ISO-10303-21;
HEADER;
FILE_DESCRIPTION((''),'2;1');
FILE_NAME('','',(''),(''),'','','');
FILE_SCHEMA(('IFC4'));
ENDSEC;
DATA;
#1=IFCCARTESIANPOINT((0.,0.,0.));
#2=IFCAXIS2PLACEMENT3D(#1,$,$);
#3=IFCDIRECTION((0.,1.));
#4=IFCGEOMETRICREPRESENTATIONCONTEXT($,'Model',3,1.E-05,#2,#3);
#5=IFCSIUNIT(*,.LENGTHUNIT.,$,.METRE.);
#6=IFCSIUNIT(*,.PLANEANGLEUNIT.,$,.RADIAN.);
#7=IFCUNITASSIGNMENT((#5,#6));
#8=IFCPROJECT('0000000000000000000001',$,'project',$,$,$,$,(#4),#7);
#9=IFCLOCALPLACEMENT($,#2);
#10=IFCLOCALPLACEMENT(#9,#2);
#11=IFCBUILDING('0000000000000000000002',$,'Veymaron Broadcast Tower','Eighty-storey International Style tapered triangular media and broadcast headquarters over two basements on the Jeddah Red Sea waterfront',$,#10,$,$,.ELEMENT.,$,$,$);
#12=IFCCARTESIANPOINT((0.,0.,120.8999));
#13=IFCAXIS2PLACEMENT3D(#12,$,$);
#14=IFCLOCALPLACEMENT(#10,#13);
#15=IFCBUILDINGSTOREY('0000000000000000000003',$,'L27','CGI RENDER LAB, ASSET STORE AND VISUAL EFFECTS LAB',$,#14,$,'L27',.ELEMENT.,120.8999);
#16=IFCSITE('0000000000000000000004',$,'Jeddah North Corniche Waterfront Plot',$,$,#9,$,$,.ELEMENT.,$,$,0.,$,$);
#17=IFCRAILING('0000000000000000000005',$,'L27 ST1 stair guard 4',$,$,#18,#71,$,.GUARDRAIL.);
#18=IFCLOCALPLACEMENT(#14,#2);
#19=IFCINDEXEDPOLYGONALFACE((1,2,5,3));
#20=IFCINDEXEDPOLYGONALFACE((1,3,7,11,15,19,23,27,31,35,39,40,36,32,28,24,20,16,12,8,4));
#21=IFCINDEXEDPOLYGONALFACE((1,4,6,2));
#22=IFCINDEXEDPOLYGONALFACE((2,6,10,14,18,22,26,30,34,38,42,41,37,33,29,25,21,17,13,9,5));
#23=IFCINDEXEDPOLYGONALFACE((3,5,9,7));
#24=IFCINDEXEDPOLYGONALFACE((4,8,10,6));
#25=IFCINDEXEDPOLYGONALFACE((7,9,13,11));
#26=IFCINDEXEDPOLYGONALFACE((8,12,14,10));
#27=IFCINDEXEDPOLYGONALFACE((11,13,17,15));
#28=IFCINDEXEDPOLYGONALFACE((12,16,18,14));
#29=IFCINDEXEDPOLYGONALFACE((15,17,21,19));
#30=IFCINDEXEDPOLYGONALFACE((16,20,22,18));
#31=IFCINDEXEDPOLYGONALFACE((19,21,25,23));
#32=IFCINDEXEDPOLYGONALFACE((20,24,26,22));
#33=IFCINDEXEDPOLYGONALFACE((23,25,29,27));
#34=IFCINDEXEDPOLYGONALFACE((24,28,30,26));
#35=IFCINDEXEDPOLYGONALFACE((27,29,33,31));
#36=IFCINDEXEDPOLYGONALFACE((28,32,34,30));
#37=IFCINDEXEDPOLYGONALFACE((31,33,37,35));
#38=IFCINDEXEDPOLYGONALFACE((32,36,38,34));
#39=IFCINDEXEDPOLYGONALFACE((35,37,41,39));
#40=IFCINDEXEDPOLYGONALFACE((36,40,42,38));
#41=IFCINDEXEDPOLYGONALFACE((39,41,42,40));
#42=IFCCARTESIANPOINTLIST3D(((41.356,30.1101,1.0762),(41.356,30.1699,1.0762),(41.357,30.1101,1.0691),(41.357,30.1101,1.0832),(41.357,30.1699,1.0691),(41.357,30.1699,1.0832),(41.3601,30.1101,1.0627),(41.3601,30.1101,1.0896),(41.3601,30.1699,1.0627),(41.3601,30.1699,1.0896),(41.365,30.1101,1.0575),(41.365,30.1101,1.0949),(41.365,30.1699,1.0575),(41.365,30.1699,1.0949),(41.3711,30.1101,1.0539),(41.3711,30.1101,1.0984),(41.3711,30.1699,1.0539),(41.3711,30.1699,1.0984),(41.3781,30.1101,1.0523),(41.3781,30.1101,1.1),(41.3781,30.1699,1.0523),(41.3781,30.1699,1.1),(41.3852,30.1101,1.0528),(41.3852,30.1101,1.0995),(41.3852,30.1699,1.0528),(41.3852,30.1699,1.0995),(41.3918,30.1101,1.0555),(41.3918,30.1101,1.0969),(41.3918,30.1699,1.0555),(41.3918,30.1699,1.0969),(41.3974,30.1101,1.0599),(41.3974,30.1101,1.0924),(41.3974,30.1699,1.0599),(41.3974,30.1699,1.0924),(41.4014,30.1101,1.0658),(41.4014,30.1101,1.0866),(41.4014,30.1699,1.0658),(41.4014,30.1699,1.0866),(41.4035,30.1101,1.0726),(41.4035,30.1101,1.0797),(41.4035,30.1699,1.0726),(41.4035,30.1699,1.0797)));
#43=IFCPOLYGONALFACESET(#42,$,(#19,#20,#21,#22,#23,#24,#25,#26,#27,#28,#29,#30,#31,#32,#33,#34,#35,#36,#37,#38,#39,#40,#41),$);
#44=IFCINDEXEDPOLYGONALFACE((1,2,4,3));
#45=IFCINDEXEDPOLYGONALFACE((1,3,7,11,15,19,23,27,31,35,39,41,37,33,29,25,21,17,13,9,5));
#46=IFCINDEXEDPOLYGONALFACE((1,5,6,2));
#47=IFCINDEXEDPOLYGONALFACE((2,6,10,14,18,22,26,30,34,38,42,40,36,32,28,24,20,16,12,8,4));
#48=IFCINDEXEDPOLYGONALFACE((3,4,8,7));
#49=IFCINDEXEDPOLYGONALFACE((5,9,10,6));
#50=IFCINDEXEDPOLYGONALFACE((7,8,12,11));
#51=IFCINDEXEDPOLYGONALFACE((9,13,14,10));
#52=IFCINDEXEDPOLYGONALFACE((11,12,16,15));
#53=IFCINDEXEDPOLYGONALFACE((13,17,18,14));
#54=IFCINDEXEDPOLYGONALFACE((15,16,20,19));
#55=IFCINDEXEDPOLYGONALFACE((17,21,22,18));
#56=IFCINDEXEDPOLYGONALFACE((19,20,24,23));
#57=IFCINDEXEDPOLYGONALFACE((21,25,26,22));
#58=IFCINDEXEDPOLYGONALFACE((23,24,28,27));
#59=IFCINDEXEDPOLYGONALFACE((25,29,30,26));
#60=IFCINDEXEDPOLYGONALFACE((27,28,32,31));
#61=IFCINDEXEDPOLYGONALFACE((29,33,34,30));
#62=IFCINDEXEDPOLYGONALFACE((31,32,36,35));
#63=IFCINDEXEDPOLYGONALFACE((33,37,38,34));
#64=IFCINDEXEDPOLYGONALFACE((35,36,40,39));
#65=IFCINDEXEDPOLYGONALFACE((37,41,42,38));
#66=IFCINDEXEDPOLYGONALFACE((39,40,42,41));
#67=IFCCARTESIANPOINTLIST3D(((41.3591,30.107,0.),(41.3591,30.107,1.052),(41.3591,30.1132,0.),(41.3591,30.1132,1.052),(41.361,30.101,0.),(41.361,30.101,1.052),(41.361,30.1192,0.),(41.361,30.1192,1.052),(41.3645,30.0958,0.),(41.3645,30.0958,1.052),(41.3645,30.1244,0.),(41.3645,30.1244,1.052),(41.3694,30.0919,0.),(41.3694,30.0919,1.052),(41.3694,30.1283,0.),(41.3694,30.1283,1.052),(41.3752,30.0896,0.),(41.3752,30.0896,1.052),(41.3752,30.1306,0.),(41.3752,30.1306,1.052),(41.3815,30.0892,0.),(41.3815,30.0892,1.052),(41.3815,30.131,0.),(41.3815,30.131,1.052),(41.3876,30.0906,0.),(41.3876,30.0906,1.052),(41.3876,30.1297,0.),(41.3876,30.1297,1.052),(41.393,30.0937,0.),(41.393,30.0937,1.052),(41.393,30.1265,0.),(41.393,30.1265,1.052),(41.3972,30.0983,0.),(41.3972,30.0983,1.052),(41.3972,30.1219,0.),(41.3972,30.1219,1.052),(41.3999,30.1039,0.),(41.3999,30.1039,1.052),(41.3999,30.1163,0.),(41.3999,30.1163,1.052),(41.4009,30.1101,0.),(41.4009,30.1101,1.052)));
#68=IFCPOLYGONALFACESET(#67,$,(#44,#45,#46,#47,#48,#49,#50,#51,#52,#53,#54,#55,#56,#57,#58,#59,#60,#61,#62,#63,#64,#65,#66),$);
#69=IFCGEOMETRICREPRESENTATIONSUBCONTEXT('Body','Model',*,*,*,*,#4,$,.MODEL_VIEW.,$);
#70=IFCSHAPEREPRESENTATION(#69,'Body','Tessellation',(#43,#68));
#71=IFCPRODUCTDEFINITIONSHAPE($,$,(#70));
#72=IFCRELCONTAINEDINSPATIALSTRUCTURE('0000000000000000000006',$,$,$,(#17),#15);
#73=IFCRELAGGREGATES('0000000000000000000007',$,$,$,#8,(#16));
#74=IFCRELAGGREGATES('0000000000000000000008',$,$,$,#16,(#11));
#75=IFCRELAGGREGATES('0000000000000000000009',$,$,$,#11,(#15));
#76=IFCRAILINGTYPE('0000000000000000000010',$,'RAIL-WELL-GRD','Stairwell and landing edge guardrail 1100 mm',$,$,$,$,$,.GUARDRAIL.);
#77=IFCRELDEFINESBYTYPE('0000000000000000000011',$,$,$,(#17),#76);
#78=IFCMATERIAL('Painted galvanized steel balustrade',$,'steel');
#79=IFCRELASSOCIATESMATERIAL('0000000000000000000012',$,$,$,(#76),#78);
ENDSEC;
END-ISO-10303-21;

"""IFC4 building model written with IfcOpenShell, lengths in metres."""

from ifc_helpers import new_model, si_unit, direction, frame, origin, origin_2d, place, context, subcontext, project, spatial, circle, extrude, material, type_object, element, save


model = new_model("IFC4")

# Units and contexts
model_context = context("Model", 3, precision=1e-05, world=origin(), true_north=direction((0.0, 1.0)))
body_context = subcontext(model_context, "Body", "Model", "MODEL_VIEW")
ifc_project = project(units=[si_unit("LENGTHUNIT", "METRE"), si_unit("PLANEANGLEUNIT", "RADIAN")], contexts=[model_context])

# Site, building, storey
site_placement = place(None, origin())
site = spatial("IfcSite", under=ifc_project, at=site_placement, Name="Jeddah North Corniche Waterfront Plot", CompositionType="ELEMENT", RefElevation=0.0)
building_placement = place(site_placement, origin())
building = spatial("IfcBuilding", under=site, at=building_placement, Name="Veymaron Broadcast Tower", Description="Eighty-storey International Style tapered triangular media and broadcast headquarters over two basements on the Jeddah Red Sea waterfront", CompositionType="ELEMENT")
storey_placement = place(building_placement, frame((0.0, 0.0, 120.8999)))
storey = spatial("IfcBuildingStorey", under=building, at=storey_placement, Name="L27", Description="CGI RENDER LAB, ASSET STORE AND VISUAL EFFECTS LAB", LongName="L27", CompositionType="ELEMENT", Elevation=120.8999)

# Railing
ifc_material_1 = material(Name="Painted galvanized steel balustrade", Category="steel")
railing_type_1 = type_object("IfcRailingType", Name="RAIL-WELL-GRD", Description="Stairwell and landing edge guardrail 1100 mm", PredefinedType="GUARDRAIL", material=ifc_material_1)
railing_1_placement = place(storey_placement, frame((41.3799, 30.1101, 0.0)))
element("IfcRailing", 1, at=railing_1_placement, inside=storey, type_object=railing_type_1, Name="L27 ST1 stair guard 4", PredefinedType="GUARDRAIL", context=body_context, shape_type="SweptSolid", body=[
    extrude(circle(Radius=0.0239, at=origin_2d()), frame((0.0, 0.0, 1.0762), z_axis=(0.0, 1.0, 0.0), x_axis=(-1.0, 0.0, 0.0)), (0.0, 0.0, 1.0), 0.0598),
    extrude(circle(Radius=0.021, at=origin_2d()), origin(), (0.0, 0.0, 1.0), 1.052),
])

save(model, "model.ifc")
